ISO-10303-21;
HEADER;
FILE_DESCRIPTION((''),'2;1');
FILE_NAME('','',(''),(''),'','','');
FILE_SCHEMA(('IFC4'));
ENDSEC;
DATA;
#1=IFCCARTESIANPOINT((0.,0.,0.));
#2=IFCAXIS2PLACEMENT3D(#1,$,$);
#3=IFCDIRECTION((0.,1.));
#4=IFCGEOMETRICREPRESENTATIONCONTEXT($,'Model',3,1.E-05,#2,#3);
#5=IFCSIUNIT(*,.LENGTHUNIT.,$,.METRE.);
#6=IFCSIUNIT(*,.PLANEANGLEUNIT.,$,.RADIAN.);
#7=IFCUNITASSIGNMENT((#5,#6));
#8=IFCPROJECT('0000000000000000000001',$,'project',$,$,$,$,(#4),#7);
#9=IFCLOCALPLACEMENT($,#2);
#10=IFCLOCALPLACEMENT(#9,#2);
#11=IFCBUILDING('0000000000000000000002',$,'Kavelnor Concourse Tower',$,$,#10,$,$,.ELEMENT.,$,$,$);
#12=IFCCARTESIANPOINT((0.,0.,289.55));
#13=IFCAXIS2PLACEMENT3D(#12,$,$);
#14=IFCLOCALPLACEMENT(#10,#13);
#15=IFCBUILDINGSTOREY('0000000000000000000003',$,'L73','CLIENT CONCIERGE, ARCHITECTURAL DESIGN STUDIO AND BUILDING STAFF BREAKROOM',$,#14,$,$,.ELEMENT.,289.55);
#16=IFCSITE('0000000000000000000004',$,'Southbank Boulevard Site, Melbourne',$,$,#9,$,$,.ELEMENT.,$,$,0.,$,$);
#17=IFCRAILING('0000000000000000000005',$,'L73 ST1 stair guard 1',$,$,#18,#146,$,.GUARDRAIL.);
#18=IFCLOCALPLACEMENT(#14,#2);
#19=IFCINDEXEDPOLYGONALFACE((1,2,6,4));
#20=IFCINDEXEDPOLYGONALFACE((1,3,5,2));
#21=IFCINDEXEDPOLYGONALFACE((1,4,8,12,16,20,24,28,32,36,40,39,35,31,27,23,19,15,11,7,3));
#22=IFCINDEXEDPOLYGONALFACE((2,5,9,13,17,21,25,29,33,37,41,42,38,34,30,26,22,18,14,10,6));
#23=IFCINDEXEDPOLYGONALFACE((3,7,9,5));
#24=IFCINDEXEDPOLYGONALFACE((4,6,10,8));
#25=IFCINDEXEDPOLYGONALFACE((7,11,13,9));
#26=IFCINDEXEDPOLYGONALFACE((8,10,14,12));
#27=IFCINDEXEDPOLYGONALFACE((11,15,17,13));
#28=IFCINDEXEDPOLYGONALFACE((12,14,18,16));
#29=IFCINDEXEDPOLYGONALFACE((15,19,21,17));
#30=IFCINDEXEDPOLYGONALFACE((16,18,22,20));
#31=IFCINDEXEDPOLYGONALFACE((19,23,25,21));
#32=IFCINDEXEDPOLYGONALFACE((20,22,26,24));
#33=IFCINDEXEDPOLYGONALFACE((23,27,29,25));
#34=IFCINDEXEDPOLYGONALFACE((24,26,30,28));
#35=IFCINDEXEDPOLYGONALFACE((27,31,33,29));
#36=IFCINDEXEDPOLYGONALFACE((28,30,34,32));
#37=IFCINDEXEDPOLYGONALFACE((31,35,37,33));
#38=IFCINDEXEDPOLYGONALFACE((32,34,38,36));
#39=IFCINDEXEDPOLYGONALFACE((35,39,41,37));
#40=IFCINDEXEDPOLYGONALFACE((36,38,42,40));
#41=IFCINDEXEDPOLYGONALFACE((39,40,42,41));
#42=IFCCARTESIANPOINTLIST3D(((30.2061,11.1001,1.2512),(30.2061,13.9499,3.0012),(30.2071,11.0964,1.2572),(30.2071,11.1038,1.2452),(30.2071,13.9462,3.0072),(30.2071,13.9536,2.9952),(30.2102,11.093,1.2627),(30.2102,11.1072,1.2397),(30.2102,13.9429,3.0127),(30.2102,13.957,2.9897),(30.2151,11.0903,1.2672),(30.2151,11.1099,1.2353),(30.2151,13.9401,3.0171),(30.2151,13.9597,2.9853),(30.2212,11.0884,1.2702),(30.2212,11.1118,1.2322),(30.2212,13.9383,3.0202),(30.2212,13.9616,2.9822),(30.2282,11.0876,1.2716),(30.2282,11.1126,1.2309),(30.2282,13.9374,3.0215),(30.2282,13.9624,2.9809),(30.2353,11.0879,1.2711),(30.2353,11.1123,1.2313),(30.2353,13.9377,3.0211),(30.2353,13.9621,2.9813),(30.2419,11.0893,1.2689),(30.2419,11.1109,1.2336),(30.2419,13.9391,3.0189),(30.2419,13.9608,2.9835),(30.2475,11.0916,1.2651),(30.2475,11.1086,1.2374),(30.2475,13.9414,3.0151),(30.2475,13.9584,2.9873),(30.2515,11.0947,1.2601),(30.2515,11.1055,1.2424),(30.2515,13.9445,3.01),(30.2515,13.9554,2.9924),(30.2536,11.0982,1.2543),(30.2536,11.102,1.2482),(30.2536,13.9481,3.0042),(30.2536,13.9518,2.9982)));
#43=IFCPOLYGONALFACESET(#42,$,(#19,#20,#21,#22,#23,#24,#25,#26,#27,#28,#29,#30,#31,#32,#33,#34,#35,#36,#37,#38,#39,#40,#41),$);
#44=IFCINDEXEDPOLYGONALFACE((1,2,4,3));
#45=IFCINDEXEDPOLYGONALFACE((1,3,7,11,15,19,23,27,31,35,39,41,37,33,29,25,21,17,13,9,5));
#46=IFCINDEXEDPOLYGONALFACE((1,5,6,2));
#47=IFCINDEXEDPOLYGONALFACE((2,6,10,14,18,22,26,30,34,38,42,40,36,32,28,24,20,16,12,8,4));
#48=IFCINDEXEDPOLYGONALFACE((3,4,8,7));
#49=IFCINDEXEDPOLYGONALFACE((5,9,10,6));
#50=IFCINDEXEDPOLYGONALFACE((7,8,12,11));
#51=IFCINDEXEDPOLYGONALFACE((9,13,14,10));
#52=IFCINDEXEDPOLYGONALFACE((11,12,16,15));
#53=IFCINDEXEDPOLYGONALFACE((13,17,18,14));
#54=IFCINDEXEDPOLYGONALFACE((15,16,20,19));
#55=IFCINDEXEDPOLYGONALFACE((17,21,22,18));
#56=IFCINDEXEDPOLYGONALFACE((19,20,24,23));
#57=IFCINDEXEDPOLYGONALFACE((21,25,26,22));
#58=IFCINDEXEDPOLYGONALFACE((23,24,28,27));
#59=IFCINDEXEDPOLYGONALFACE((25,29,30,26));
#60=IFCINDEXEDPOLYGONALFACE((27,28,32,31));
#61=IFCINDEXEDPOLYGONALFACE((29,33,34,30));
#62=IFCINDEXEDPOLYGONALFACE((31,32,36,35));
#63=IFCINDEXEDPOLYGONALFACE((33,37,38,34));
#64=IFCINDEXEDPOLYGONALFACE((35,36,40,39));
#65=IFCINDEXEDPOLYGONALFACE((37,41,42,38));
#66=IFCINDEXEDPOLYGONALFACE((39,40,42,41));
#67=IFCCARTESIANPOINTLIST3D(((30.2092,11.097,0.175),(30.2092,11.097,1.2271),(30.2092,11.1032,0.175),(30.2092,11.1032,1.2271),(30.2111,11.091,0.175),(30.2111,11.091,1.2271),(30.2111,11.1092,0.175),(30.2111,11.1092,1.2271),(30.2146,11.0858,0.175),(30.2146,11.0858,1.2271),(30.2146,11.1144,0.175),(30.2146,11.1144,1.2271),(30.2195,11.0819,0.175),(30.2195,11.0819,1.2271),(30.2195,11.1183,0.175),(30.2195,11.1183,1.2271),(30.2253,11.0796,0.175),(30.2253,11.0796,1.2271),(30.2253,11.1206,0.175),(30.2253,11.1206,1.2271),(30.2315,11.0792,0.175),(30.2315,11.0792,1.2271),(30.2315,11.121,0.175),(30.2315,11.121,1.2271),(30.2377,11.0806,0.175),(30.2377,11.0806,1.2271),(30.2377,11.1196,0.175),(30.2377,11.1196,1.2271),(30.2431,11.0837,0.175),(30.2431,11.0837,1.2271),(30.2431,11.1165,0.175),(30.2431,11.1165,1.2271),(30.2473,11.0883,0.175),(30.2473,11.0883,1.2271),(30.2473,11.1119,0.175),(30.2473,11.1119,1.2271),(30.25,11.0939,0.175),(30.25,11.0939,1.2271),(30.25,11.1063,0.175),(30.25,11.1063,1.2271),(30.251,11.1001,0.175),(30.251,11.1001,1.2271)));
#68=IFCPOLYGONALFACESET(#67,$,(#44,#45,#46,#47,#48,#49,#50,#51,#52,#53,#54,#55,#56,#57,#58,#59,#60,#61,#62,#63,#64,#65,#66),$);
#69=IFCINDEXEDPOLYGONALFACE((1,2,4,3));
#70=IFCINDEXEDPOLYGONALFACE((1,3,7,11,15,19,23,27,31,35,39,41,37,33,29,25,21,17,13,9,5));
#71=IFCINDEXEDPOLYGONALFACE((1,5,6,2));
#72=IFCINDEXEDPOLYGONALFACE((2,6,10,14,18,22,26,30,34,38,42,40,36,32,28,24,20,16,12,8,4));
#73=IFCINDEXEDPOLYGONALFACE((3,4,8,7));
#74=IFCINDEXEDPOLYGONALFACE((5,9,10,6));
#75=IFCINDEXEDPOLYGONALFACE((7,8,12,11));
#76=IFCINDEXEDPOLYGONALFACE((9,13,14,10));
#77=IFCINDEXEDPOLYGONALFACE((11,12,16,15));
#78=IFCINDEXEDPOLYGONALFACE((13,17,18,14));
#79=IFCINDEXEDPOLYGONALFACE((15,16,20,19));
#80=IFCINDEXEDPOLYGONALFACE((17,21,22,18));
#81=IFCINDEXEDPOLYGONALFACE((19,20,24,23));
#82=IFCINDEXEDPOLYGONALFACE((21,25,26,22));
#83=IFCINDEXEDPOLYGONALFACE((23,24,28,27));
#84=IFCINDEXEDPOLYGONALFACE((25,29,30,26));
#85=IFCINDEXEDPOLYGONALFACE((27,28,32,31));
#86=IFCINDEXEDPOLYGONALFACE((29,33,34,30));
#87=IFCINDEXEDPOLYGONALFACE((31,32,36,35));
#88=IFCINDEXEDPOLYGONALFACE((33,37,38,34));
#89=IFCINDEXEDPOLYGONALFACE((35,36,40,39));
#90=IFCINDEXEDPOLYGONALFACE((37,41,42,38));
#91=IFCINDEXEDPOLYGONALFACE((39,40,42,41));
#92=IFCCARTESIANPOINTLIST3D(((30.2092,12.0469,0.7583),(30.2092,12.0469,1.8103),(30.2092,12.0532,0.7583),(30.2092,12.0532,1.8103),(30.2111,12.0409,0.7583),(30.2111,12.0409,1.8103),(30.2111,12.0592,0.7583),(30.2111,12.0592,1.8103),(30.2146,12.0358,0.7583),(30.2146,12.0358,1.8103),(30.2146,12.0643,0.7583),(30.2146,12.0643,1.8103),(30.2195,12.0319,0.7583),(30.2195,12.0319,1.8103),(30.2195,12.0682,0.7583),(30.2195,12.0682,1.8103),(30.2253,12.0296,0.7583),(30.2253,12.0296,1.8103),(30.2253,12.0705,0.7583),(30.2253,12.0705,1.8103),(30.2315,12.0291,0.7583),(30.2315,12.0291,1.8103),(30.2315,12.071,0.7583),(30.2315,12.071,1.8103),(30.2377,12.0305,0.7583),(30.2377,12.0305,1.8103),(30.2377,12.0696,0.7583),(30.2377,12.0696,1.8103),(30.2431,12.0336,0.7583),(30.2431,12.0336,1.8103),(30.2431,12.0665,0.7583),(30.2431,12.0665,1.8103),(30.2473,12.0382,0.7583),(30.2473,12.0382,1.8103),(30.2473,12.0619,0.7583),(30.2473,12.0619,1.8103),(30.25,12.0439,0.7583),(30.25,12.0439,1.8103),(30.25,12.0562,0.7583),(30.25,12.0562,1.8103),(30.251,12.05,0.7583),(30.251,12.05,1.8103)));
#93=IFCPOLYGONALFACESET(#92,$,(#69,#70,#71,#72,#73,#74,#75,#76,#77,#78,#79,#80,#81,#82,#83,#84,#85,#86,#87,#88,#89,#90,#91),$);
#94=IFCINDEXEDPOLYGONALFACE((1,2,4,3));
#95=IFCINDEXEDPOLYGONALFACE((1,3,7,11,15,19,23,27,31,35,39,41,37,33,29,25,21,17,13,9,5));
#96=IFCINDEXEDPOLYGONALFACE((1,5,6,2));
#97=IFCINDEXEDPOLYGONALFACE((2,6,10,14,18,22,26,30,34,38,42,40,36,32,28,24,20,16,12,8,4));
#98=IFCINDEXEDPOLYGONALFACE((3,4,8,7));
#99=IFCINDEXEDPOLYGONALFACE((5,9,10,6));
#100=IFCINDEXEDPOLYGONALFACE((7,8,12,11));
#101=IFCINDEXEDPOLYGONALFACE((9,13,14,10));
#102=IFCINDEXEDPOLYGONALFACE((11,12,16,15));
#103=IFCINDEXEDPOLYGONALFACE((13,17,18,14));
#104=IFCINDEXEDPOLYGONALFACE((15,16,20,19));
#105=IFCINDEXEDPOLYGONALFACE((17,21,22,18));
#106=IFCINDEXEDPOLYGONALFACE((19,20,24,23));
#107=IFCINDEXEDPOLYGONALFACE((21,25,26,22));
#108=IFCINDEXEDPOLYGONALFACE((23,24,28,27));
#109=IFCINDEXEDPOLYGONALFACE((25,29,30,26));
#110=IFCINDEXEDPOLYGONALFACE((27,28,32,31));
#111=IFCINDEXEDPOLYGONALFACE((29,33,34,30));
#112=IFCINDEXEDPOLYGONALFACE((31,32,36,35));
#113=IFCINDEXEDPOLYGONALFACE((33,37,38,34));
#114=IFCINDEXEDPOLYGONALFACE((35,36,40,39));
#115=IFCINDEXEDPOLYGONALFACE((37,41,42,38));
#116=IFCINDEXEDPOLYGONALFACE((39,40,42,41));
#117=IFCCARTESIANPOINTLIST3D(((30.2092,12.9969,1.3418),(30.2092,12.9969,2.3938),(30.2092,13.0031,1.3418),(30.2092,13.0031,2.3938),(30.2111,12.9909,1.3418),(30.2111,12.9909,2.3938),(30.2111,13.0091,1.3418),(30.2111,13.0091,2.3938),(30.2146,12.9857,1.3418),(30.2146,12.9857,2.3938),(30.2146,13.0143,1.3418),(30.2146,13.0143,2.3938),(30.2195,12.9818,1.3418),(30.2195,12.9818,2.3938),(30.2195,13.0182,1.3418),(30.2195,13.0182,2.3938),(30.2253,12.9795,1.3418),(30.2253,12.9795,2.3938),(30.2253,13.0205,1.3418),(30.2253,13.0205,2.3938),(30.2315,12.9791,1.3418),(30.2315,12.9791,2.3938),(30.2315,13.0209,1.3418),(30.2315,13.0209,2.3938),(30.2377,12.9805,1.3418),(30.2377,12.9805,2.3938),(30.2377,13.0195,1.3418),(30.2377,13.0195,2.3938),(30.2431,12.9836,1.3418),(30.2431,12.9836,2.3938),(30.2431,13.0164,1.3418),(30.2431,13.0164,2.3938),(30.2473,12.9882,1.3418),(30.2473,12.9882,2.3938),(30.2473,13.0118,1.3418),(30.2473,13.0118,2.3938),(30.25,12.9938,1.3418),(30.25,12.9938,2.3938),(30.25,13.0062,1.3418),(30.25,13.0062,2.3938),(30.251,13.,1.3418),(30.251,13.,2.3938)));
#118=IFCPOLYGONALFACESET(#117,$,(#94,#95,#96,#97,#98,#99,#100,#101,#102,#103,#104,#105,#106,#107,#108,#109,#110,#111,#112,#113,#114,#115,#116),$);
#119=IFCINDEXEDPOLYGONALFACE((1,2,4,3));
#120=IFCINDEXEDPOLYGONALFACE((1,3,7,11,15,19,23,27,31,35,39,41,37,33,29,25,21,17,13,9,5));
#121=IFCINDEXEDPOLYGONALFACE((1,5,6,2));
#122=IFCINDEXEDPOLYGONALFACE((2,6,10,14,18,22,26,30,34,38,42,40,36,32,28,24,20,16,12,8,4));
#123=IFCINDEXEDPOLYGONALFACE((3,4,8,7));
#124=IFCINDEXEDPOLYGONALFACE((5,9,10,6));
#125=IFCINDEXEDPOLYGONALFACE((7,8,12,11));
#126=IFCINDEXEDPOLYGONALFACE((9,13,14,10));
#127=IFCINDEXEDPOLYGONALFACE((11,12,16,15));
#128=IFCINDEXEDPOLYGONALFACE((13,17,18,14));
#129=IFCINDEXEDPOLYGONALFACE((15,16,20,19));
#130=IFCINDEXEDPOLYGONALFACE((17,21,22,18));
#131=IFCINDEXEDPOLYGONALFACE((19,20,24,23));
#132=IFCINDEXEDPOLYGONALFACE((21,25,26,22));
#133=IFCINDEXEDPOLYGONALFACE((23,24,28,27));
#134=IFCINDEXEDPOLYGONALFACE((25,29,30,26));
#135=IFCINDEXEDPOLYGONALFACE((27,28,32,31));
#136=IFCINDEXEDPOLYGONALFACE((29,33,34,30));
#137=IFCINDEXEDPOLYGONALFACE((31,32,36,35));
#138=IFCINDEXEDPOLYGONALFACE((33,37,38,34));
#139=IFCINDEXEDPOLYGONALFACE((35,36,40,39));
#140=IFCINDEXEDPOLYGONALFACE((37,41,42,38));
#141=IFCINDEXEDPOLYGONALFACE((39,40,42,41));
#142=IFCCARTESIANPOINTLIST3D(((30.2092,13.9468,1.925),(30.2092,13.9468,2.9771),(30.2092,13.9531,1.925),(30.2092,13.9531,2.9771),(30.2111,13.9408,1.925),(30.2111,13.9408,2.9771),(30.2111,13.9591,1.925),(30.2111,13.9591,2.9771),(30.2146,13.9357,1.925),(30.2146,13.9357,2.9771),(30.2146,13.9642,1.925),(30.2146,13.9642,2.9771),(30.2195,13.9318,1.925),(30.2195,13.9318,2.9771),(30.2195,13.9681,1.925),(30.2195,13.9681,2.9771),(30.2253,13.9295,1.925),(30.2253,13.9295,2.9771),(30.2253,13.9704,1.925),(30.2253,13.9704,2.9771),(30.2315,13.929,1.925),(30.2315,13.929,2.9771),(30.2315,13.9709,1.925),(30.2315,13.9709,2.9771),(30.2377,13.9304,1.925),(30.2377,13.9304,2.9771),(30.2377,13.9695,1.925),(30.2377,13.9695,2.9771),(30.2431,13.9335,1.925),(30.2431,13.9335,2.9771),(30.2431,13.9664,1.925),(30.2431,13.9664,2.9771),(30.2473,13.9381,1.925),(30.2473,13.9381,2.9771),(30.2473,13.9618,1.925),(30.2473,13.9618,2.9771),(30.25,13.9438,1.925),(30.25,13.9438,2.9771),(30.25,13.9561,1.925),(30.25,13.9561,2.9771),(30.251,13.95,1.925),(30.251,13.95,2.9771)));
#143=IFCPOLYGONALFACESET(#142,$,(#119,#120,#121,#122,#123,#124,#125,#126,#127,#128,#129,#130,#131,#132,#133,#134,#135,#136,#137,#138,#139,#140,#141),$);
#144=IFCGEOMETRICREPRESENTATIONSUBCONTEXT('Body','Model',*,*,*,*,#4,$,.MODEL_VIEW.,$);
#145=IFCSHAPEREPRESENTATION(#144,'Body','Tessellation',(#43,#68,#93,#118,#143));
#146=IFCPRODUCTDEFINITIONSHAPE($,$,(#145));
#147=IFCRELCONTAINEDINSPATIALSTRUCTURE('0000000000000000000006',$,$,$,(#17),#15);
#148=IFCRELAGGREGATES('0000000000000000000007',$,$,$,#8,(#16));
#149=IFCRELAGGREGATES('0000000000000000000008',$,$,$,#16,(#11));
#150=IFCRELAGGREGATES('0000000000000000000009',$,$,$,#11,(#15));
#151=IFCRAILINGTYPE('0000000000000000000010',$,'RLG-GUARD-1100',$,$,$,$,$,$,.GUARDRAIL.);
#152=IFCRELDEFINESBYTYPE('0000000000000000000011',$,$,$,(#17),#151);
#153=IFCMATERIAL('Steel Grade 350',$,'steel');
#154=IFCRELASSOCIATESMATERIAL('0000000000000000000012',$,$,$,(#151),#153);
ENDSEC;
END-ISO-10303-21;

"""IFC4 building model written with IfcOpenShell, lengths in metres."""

from ifc_helpers import new_model, si_unit, direction, frame, origin, origin_2d, place, context, subcontext, project, spatial, circle, extrude, material, type_object, element, save


model = new_model("IFC4")

# Units and contexts
model_context = context("Model", 3, precision=1e-05, world=origin(), true_north=direction((0.0, 1.0)))
body_context = subcontext(model_context, "Body", "Model", "MODEL_VIEW")
ifc_project = project(units=[si_unit("LENGTHUNIT", "METRE"), si_unit("PLANEANGLEUNIT", "RADIAN")], contexts=[model_context])

# Site, building, storey
site_placement = place(None, origin())
site = spatial("IfcSite", under=ifc_project, at=site_placement, Name="Southbank Boulevard Site, Melbourne", CompositionType="ELEMENT", RefElevation=0.0)
building_placement = place(site_placement, origin())
building = spatial("IfcBuilding", under=site, at=building_placement, Name="Kavelnor Concourse Tower", CompositionType="ELEMENT")
storey_placement = place(building_placement, frame((0.0, 0.0, 289.55)))
storey = spatial("IfcBuildingStorey", under=building, at=storey_placement, Name="L73", Description="CLIENT CONCIERGE, ARCHITECTURAL DESIGN STUDIO AND BUILDING STAFF BREAKROOM", CompositionType="ELEMENT", Elevation=289.55)

# Shared definitions
ifc_material_1 = material(Name="Steel Grade 350", Category="steel")

# Railing
railing_type_1 = type_object("IfcRailingType", Name="RLG-GUARD-1100", PredefinedType="GUARDRAIL", material=ifc_material_1)
railing_1_placement = place(storey_placement, frame((30.23, 11.1001, 0.175)))
element("IfcRailing", 1, at=railing_1_placement, inside=storey, type_object=railing_type_1, Name="L73 ST1 stair guard 1", PredefinedType="GUARDRAIL", context=body_context, shape_type="SweptSolid", body=[
    extrude(circle(Radius=0.0239, at=origin_2d()), frame((0.0, 0.0, 1.0762), z_axis=(0.0, 0.852159, 0.523283), x_axis=(-1.0, 0.0, 0.0)), (0.0, 0.0, 1.0), 3.3442),
    extrude(circle(Radius=0.021, at=origin_2d()), origin(), (0.0, 0.0, 1.0), 1.052),
    extrude(circle(Radius=0.021, at=origin_2d()), frame((0.0, 0.95, 0.5833)), (0.0, 0.0, 1.0), 1.052),
    extrude(circle(Radius=0.021, at=origin_2d()), frame((0.0, 1.8999, 1.1667)), (0.0, 0.0, 1.0), 1.052),
    extrude(circle(Radius=0.021, at=origin_2d()), frame((0.0, 2.8499, 1.75)), (0.0, 0.0, 1.0), 1.052),
])

save(model, "model.ifc")
